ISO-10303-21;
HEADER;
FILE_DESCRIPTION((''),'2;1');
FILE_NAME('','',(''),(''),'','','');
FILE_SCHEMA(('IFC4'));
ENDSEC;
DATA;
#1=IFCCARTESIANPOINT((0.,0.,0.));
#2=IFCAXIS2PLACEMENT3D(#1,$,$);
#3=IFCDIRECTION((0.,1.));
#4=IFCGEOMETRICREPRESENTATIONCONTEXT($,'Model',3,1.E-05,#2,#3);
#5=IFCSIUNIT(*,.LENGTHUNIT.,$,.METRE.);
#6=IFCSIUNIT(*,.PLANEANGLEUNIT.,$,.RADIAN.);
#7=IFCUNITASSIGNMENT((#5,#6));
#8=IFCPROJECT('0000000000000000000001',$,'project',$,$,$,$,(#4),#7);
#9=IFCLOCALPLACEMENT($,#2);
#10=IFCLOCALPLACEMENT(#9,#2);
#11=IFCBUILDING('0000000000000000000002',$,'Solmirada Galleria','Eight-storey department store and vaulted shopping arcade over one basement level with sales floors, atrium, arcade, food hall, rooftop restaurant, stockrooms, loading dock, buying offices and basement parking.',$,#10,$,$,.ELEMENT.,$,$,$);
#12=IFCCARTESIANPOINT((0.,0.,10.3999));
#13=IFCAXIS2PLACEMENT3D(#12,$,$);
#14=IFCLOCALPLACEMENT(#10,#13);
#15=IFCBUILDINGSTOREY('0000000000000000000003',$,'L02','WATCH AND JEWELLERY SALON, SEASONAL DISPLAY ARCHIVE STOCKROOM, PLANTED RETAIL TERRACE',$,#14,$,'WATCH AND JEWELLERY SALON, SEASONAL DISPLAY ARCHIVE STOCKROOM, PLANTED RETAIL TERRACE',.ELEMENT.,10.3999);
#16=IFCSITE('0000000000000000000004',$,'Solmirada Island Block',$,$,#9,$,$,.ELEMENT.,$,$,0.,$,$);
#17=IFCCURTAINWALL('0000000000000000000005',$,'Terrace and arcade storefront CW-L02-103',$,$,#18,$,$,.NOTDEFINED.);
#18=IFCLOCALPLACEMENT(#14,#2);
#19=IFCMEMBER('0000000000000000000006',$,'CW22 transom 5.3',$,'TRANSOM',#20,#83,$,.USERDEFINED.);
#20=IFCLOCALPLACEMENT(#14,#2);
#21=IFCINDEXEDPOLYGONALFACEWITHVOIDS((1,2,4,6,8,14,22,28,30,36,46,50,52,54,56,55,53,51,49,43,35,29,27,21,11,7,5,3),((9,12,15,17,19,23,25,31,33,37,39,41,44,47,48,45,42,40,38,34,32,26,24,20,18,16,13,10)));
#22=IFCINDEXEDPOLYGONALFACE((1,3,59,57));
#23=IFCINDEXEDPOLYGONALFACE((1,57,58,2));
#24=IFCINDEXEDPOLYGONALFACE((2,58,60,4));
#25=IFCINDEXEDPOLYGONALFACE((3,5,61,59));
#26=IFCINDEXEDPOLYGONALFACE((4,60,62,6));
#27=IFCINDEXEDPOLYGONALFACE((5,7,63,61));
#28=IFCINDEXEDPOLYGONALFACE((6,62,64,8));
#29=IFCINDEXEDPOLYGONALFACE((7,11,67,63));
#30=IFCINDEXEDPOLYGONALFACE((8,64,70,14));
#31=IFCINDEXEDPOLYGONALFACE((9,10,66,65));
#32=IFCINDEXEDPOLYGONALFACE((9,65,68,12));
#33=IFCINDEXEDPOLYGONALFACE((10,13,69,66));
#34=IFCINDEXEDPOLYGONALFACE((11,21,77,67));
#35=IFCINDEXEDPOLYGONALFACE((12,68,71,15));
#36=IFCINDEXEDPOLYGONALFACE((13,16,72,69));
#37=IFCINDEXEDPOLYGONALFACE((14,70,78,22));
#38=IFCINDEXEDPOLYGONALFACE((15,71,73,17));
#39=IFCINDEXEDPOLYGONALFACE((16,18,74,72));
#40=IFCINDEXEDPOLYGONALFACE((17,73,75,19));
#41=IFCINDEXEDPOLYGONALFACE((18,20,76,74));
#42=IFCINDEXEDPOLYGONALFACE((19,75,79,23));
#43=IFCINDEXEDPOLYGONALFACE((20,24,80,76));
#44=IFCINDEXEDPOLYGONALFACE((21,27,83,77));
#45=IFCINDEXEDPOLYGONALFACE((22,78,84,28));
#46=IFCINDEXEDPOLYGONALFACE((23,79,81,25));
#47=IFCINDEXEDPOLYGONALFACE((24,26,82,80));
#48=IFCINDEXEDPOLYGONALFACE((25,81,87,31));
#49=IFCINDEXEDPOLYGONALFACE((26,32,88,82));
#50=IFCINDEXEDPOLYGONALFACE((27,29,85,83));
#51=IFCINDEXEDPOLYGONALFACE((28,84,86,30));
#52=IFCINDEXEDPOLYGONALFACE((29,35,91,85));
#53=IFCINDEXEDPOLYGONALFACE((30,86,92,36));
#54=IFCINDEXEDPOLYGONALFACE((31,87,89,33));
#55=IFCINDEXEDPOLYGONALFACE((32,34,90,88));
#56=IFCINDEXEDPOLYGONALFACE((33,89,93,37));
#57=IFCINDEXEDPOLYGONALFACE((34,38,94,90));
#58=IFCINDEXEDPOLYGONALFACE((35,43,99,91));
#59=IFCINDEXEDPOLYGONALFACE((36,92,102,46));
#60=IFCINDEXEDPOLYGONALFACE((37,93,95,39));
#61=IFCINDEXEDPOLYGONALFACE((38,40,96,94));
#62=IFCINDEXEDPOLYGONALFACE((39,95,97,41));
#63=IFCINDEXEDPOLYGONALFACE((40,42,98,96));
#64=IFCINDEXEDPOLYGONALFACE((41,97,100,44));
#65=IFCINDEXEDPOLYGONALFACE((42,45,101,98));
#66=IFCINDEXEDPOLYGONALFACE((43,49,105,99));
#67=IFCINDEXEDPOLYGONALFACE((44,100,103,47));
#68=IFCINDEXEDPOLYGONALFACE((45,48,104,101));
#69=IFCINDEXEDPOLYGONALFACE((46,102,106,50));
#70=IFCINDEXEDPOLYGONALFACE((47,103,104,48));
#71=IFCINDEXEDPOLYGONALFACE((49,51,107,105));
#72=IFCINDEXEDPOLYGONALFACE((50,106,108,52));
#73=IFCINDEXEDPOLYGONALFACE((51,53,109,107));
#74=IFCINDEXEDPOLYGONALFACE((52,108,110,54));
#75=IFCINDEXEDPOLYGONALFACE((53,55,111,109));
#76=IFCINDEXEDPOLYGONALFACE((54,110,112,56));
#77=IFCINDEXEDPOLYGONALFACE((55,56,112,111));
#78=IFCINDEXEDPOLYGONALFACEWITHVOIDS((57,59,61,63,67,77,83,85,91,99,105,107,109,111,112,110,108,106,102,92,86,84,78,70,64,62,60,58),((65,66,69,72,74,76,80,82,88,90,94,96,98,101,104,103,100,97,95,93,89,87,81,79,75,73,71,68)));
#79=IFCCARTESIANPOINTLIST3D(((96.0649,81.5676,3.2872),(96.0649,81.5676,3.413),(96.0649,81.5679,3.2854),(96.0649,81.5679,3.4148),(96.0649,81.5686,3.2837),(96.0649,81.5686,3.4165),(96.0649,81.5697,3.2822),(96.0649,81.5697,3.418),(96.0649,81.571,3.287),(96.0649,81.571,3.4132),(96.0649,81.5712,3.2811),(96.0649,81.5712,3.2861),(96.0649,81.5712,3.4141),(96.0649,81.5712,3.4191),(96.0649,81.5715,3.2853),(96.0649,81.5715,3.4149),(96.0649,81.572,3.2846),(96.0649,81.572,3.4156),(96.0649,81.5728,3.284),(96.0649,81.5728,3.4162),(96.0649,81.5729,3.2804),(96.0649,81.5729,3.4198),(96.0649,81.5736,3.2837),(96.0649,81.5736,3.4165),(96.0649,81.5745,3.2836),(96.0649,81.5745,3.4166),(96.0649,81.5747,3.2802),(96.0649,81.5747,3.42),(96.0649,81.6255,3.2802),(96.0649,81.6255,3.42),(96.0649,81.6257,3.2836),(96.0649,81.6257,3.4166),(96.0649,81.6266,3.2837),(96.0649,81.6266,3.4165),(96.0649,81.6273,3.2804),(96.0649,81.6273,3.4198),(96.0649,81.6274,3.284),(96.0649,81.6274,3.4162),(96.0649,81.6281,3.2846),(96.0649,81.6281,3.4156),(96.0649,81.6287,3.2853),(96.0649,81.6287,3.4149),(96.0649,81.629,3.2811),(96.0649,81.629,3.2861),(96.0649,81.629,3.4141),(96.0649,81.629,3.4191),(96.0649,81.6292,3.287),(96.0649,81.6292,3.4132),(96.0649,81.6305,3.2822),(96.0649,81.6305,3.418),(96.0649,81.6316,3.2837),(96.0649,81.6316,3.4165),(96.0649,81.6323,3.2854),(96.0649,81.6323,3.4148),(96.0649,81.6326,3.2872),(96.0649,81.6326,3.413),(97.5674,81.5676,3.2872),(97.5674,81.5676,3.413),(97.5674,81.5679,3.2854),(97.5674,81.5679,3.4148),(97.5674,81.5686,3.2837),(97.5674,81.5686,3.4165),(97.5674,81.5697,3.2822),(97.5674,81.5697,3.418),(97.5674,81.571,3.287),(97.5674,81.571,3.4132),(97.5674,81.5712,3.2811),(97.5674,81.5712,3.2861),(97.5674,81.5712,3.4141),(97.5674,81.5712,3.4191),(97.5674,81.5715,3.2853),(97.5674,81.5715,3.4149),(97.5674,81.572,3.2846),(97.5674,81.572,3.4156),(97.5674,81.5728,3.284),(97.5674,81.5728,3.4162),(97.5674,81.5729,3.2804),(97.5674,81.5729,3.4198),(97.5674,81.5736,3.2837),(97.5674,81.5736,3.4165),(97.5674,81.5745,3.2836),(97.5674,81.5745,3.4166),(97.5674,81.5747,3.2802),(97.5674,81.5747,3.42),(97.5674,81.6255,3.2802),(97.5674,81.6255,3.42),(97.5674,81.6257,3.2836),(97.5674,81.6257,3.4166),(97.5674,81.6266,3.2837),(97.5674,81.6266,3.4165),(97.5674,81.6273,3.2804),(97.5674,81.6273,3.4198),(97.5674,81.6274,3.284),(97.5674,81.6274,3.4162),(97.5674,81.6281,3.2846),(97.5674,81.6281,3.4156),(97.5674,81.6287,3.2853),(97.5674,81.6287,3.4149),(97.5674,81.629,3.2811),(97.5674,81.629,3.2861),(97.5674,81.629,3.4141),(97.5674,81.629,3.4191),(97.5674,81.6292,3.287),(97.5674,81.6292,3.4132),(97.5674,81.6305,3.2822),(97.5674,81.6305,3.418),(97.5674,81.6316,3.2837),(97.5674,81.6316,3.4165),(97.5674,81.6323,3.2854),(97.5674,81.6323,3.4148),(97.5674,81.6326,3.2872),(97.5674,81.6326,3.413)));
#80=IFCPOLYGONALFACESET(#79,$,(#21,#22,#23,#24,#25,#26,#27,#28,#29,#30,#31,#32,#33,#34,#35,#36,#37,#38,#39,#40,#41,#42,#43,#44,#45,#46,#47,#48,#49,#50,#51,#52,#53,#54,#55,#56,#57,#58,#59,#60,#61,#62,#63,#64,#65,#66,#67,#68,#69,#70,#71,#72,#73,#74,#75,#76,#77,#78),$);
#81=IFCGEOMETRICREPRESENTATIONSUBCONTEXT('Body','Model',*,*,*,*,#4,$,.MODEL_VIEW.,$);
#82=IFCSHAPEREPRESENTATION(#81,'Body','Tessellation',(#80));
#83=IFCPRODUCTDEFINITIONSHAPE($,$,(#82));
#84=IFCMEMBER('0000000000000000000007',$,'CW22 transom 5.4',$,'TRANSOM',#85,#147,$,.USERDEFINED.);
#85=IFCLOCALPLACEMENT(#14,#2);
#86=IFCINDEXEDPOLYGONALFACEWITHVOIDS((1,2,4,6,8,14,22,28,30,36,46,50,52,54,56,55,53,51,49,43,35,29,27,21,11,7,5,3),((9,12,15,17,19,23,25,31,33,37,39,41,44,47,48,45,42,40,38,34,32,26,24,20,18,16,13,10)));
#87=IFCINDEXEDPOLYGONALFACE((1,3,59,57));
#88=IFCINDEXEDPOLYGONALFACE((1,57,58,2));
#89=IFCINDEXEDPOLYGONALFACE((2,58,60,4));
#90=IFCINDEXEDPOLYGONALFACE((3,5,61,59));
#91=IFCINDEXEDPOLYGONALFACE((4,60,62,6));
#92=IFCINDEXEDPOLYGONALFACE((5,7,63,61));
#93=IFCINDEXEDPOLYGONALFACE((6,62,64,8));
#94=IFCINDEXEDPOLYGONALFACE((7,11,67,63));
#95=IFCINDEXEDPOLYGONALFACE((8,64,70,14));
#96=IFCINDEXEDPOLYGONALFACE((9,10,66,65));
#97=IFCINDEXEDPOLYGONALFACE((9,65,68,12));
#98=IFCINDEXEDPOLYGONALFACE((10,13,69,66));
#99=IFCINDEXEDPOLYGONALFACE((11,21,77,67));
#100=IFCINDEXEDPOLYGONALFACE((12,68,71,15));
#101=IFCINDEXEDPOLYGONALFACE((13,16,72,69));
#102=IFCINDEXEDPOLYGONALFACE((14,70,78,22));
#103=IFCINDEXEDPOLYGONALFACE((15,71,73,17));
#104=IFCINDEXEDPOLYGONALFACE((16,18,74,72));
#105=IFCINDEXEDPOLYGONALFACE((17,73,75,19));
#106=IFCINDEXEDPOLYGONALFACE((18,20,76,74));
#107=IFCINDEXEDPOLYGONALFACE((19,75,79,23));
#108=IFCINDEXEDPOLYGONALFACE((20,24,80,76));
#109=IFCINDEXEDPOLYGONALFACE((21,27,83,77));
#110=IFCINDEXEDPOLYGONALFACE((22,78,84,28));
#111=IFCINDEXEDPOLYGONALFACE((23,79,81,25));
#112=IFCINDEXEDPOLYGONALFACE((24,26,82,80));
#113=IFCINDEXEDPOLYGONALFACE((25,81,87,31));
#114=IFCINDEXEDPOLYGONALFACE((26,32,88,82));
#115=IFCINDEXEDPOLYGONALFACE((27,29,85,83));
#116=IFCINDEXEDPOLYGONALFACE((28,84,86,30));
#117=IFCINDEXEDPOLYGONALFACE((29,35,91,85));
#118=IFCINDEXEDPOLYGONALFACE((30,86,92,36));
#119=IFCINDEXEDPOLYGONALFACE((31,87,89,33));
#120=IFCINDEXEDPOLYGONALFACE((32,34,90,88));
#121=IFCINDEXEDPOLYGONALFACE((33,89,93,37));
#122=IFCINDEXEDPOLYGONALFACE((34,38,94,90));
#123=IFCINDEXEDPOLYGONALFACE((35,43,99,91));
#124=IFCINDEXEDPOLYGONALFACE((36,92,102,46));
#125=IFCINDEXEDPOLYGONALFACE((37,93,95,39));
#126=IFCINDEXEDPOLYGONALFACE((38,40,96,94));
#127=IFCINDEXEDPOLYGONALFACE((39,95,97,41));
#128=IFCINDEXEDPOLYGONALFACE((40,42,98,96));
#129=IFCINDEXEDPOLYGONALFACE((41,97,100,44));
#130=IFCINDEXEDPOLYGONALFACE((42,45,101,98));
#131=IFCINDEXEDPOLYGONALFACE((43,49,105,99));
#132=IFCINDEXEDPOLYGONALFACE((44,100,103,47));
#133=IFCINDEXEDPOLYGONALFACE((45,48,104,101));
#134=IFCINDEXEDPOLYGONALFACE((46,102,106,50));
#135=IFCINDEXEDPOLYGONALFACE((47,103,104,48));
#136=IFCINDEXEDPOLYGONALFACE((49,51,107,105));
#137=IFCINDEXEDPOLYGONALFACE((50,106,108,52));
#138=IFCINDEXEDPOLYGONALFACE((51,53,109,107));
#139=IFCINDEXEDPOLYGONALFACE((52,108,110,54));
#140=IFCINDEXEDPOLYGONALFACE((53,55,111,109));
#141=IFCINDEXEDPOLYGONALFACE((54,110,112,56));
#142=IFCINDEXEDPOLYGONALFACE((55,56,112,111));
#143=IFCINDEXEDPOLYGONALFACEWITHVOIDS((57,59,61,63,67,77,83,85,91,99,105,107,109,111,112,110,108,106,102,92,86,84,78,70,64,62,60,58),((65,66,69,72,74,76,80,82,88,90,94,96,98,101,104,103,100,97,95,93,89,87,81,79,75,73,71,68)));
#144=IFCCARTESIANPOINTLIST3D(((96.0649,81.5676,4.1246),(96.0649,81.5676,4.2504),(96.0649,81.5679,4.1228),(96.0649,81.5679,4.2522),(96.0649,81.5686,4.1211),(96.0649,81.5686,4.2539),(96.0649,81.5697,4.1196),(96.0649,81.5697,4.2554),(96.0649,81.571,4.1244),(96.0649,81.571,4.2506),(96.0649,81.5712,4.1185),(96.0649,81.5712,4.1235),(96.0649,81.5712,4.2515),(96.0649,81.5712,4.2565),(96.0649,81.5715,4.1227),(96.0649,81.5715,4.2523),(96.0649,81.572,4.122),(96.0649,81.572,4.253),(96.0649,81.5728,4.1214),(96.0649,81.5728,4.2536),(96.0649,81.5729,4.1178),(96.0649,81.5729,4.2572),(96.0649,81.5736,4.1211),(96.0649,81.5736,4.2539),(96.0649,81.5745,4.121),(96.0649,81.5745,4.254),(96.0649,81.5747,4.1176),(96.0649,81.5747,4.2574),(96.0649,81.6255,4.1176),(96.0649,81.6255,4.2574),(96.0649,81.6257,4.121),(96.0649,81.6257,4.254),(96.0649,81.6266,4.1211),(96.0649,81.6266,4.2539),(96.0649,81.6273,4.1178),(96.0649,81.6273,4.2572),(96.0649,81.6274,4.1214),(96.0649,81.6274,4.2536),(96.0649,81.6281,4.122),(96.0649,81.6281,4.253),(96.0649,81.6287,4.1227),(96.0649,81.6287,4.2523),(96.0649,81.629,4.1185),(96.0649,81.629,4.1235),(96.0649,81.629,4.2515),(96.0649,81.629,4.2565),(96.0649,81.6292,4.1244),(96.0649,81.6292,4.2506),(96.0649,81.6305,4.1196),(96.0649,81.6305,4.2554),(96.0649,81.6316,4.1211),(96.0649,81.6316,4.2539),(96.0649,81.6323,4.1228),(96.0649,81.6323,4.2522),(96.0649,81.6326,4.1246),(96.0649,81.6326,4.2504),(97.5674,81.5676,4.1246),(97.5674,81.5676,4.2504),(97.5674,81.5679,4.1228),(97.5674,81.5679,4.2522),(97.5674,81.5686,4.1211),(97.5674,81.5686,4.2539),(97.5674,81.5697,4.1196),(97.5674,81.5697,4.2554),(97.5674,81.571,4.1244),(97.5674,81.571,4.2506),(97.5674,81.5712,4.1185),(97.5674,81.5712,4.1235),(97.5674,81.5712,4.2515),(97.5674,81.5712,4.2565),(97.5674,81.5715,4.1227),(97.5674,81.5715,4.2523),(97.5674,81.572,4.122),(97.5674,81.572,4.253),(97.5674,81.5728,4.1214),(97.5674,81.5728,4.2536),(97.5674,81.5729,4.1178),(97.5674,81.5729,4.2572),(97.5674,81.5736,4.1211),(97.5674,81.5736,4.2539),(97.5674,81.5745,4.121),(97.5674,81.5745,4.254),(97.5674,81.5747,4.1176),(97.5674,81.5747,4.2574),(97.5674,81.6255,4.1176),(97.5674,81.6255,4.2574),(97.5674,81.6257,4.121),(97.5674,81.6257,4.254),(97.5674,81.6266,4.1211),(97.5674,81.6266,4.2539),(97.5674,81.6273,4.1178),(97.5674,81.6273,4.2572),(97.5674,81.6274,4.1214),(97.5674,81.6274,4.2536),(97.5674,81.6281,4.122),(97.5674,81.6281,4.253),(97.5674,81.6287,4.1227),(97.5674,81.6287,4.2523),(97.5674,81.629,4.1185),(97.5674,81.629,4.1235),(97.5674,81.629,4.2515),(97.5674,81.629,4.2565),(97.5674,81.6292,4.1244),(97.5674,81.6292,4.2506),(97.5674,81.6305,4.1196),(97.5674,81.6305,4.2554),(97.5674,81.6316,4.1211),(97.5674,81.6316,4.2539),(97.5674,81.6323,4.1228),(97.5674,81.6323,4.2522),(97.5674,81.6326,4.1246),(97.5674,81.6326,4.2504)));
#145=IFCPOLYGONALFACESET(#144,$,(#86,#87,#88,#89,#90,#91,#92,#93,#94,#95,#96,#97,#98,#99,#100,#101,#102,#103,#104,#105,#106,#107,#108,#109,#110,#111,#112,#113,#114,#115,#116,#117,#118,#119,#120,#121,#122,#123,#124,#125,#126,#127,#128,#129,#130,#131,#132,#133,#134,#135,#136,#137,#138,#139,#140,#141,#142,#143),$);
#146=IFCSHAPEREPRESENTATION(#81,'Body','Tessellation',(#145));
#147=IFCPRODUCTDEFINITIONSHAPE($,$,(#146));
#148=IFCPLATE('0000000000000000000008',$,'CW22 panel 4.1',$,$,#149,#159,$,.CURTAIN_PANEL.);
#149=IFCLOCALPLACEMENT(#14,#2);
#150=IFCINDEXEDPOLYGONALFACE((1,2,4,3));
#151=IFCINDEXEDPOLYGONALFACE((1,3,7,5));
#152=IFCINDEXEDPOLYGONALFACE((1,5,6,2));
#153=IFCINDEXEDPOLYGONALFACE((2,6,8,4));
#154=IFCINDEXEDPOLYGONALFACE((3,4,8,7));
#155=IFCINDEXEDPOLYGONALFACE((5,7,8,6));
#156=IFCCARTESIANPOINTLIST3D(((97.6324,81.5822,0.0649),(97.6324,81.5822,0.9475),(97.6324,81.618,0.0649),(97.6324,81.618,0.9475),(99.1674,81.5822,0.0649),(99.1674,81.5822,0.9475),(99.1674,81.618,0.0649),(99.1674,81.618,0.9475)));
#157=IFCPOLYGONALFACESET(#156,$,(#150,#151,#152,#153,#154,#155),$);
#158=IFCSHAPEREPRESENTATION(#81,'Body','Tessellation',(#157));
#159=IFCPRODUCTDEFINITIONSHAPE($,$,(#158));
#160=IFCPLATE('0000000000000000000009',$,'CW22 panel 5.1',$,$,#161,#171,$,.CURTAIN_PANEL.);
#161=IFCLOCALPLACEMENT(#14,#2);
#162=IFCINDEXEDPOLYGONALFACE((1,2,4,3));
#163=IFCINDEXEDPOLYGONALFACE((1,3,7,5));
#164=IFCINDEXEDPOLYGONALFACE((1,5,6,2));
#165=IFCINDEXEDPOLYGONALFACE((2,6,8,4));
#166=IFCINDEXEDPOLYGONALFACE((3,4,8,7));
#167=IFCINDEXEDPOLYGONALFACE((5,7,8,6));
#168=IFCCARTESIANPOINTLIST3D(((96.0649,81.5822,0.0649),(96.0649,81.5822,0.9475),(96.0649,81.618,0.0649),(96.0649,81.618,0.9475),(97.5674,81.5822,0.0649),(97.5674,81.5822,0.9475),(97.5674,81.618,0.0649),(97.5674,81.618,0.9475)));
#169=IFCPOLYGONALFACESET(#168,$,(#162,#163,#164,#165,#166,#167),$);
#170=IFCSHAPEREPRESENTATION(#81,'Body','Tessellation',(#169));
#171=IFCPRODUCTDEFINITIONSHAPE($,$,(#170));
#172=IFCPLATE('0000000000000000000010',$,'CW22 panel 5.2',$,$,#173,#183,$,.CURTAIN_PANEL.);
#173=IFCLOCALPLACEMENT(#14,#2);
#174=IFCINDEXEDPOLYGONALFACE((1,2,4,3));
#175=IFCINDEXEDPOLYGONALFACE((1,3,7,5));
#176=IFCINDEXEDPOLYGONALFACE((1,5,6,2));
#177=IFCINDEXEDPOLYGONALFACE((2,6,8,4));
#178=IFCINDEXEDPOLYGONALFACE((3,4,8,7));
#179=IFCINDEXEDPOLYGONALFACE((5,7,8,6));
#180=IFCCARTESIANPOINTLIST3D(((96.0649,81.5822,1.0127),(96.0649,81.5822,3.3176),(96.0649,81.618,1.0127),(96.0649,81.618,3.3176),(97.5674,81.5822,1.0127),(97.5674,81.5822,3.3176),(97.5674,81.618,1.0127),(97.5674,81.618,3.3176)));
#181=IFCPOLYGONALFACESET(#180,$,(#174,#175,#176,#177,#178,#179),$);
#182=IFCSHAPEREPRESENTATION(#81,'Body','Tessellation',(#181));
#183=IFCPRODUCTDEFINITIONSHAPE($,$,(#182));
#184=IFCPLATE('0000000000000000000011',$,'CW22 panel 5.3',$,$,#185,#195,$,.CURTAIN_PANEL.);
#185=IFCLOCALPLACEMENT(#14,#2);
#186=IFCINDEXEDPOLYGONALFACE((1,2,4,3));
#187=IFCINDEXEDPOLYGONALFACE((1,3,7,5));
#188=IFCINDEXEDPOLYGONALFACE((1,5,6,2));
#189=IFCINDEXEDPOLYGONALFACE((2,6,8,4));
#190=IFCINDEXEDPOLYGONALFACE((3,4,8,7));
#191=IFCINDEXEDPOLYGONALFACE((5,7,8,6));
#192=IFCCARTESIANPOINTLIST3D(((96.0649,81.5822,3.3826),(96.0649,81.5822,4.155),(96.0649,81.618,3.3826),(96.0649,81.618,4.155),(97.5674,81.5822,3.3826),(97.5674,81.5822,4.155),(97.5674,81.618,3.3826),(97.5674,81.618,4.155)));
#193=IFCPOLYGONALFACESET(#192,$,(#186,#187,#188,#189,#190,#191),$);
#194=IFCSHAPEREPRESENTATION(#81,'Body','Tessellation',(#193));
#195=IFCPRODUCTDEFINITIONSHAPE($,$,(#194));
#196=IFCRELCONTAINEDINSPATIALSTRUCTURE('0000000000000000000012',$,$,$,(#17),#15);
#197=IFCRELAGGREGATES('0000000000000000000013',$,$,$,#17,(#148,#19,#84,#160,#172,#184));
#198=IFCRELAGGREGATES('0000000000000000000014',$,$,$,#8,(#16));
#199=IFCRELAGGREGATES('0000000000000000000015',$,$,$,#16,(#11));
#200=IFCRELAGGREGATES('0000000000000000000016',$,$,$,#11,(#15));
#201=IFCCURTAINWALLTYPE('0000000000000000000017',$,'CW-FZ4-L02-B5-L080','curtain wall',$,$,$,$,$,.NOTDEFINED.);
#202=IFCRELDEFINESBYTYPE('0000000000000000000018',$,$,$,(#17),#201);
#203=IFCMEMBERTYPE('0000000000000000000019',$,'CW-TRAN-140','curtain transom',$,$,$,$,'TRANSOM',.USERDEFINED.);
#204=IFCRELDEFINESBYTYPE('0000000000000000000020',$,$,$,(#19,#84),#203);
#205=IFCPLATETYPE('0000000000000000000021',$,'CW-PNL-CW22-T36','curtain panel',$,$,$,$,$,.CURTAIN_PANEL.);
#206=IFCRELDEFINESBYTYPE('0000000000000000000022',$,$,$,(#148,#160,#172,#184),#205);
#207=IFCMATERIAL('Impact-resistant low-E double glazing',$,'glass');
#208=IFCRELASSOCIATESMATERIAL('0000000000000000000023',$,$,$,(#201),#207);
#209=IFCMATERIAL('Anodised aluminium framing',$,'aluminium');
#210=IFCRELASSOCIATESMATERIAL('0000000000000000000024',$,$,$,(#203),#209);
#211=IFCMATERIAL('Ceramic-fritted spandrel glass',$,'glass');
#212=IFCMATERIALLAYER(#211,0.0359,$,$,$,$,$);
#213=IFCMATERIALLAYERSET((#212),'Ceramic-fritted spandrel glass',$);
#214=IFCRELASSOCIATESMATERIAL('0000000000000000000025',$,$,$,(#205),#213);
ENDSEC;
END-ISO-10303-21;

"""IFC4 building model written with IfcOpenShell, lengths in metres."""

from ifc_helpers import new_model, si_unit, direction, frame, origin, origin_2d, place, context, subcontext, project, spatial, rectangle, hollow_rectangle, extrude, material, layer, layer_set, material_profile, profile_set, type_object, element, aggregate, save


model = new_model("IFC4")

# Units and contexts
model_context = context("Model", 3, precision=1e-05, world=origin(), true_north=direction((0.0, 1.0)))
body_context = subcontext(model_context, "Body", "Model", "MODEL_VIEW")
ifc_project = project(units=[si_unit("LENGTHUNIT", "METRE"), si_unit("PLANEANGLEUNIT", "RADIAN")], contexts=[model_context])

# Site, building, storey
site_placement = place(None, origin())
site = spatial("IfcSite", under=ifc_project, at=site_placement, Name="Solmirada Island Block", CompositionType="ELEMENT", RefElevation=0.0)
building_placement = place(site_placement, origin())
building = spatial("IfcBuilding", under=site, at=building_placement, Name="Solmirada Galleria", Description="Eight-storey department store and vaulted shopping arcade over one basement level with sales floors, atrium, arcade, food hall, rooftop restaurant, stockrooms, loading dock, buying offices and basement parking.", CompositionType="ELEMENT")
storey_placement = place(building_placement, frame((0.0, 0.0, 10.3999)))
storey = spatial("IfcBuildingStorey", under=building, at=storey_placement, Name="L02", Description="WATCH AND JEWELLERY SALON, SEASONAL DISPLAY ARCHIVE STOCKROOM, PLANTED RETAIL TERRACE", LongName="WATCH AND JEWELLERY SALON, SEASONAL DISPLAY ARCHIVE STOCKROOM, PLANTED RETAIL TERRACE", CompositionType="ELEMENT", Elevation=10.3999)

# Curtain wall, members, plates
ifc_material_1 = material(Name="Impact-resistant low-E double glazing", Category="glass")
curtain_wall_type = type_object("IfcCurtainWallType", Name="CW-FZ4-L02-B5-L080", Description="curtain wall", PredefinedType="NOTDEFINED", material=ifc_material_1)
curtain_wall_placement = place(storey_placement, origin())
curtain_wall = element("IfcCurtainWall", 1, at=curtain_wall_placement, inside=storey, type_object=curtain_wall_type, Name="Terrace and arcade storefront CW-L02-103", PredefinedType="NOTDEFINED")
ifc_material_2 = material(Name="Anodised aluminium framing", Category="aluminium")
ifc_material_profile_1 = material_profile(ifc_material_2, hollow_rectangle(XDim=0.0649, YDim=0.1399, WallThickness=0.0034, InnerFilletRadius=0.0034, OuterFilletRadius=0.0071, at=origin_2d()), Name="ALU-TRAN-140X65")
ifc_profile_set_1 = profile_set([ifc_material_profile_1], Name="Anodised aluminium framing")
member_type_1 = type_object("IfcMemberType", Name="CW-TRAN-140", Description="curtain transom", ElementType="TRANSOM", PredefinedType="USERDEFINED", material=ifc_profile_set_1)
member_1_placement = place(storey_placement, frame((97.5674, 81.6001, 3.3501), z_axis=(-1.0, 0.0, 0.0), x_axis=(0.0, -1.0, 0.0)))
member_1 = element("IfcMember", 2, at=member_1_placement, type_object=member_type_1, Name="CW22 transom 5.3", ObjectType="TRANSOM", PredefinedType="USERDEFINED", context=body_context, shape_type="SweptSolid", body=[
    extrude(hollow_rectangle(XDim=0.0649, YDim=0.1399, WallThickness=0.0034, InnerFilletRadius=0.0034, OuterFilletRadius=0.0071, at=origin_2d()), origin(), (0.0, 0.0, 1.0), 1.5024),
])
member_2_placement = place(storey_placement, frame((97.5674, 81.6001, 4.1875), z_axis=(-1.0, 0.0, 0.0), x_axis=(0.0, -1.0, 0.0)))
member_2 = element("IfcMember", 3, at=member_2_placement, type_object=member_type_1, Name="CW22 transom 5.4", ObjectType="TRANSOM", PredefinedType="USERDEFINED", context=body_context, shape_type="SweptSolid", body=[
    extrude(hollow_rectangle(XDim=0.0649, YDim=0.1399, WallThickness=0.0034, InnerFilletRadius=0.0034, OuterFilletRadius=0.0071, at=origin_2d()), origin(), (0.0, 0.0, 1.0), 1.5024),
])
ifc_material_3 = material(Name="Ceramic-fritted spandrel glass", Category="glass")
ifc_layer_1 = layer(ifc_material_3, 0.0359)
ifc_layer_set_1 = layer_set([ifc_layer_1], Name="Ceramic-fritted spandrel glass")
plate_type = type_object("IfcPlateType", Name="CW-PNL-CW22-T36", Description="curtain panel", PredefinedType="CURTAIN_PANEL", material=ifc_layer_set_1)
plate_1_placement = place(storey_placement, frame((98.3999, 81.6001, 0.0649), z_axis=(0.0, 0.0, 1.0), x_axis=(-1.0, 0.0, 0.0)))
plate_1 = element("IfcPlate", 4, at=plate_1_placement, type_object=plate_type, Name="CW22 panel 4.1", PredefinedType="CURTAIN_PANEL", context=body_context, shape_type="SweptSolid", body=[
    extrude(rectangle(XDim=1.5349, YDim=0.0359, at=origin_2d()), origin(), (0.0, 0.0, 1.0), 0.8826),
])
plate_2_placement = place(storey_placement, frame((96.8162, 81.6001, 0.0649), z_axis=(0.0, 0.0, 1.0), x_axis=(-1.0, 0.0, 0.0)))
plate_2 = element("IfcPlate", 5, at=plate_2_placement, type_object=plate_type, Name="CW22 panel 5.1", PredefinedType="CURTAIN_PANEL", context=body_context, shape_type="SweptSolid", body=[
    extrude(rectangle(XDim=1.5024, YDim=0.0359, at=origin_2d()), origin(), (0.0, 0.0, 1.0), 0.8826),
])
plate_3_placement = place(storey_placement, frame((96.8162, 81.6001, 1.0127), z_axis=(0.0, 0.0, 1.0), x_axis=(-1.0, 0.0, 0.0)))
plate_3 = element("IfcPlate", 6, at=plate_3_placement, type_object=plate_type, Name="CW22 panel 5.2", PredefinedType="CURTAIN_PANEL", context=body_context, shape_type="SweptSolid", body=[
    extrude(rectangle(XDim=1.5024, YDim=0.0359, at=origin_2d()), origin(), (0.0, 0.0, 1.0), 2.3049),
])
plate_4_placement = place(storey_placement, frame((96.8162, 81.6001, 3.3826), z_axis=(0.0, 0.0, 1.0), x_axis=(-1.0, 0.0, 0.0)))
plate_4 = element("IfcPlate", 7, at=plate_4_placement, type_object=plate_type, Name="CW22 panel 5.3", PredefinedType="CURTAIN_PANEL", context=body_context, shape_type="SweptSolid", body=[
    extrude(rectangle(XDim=1.5024, YDim=0.0359, at=origin_2d()), origin(), (0.0, 0.0, 1.0), 0.7725),
])
aggregate(curtain_wall, [plate_1, member_1, member_2, plate_2, plate_3, plate_4])

save(model, "model.ifc")
